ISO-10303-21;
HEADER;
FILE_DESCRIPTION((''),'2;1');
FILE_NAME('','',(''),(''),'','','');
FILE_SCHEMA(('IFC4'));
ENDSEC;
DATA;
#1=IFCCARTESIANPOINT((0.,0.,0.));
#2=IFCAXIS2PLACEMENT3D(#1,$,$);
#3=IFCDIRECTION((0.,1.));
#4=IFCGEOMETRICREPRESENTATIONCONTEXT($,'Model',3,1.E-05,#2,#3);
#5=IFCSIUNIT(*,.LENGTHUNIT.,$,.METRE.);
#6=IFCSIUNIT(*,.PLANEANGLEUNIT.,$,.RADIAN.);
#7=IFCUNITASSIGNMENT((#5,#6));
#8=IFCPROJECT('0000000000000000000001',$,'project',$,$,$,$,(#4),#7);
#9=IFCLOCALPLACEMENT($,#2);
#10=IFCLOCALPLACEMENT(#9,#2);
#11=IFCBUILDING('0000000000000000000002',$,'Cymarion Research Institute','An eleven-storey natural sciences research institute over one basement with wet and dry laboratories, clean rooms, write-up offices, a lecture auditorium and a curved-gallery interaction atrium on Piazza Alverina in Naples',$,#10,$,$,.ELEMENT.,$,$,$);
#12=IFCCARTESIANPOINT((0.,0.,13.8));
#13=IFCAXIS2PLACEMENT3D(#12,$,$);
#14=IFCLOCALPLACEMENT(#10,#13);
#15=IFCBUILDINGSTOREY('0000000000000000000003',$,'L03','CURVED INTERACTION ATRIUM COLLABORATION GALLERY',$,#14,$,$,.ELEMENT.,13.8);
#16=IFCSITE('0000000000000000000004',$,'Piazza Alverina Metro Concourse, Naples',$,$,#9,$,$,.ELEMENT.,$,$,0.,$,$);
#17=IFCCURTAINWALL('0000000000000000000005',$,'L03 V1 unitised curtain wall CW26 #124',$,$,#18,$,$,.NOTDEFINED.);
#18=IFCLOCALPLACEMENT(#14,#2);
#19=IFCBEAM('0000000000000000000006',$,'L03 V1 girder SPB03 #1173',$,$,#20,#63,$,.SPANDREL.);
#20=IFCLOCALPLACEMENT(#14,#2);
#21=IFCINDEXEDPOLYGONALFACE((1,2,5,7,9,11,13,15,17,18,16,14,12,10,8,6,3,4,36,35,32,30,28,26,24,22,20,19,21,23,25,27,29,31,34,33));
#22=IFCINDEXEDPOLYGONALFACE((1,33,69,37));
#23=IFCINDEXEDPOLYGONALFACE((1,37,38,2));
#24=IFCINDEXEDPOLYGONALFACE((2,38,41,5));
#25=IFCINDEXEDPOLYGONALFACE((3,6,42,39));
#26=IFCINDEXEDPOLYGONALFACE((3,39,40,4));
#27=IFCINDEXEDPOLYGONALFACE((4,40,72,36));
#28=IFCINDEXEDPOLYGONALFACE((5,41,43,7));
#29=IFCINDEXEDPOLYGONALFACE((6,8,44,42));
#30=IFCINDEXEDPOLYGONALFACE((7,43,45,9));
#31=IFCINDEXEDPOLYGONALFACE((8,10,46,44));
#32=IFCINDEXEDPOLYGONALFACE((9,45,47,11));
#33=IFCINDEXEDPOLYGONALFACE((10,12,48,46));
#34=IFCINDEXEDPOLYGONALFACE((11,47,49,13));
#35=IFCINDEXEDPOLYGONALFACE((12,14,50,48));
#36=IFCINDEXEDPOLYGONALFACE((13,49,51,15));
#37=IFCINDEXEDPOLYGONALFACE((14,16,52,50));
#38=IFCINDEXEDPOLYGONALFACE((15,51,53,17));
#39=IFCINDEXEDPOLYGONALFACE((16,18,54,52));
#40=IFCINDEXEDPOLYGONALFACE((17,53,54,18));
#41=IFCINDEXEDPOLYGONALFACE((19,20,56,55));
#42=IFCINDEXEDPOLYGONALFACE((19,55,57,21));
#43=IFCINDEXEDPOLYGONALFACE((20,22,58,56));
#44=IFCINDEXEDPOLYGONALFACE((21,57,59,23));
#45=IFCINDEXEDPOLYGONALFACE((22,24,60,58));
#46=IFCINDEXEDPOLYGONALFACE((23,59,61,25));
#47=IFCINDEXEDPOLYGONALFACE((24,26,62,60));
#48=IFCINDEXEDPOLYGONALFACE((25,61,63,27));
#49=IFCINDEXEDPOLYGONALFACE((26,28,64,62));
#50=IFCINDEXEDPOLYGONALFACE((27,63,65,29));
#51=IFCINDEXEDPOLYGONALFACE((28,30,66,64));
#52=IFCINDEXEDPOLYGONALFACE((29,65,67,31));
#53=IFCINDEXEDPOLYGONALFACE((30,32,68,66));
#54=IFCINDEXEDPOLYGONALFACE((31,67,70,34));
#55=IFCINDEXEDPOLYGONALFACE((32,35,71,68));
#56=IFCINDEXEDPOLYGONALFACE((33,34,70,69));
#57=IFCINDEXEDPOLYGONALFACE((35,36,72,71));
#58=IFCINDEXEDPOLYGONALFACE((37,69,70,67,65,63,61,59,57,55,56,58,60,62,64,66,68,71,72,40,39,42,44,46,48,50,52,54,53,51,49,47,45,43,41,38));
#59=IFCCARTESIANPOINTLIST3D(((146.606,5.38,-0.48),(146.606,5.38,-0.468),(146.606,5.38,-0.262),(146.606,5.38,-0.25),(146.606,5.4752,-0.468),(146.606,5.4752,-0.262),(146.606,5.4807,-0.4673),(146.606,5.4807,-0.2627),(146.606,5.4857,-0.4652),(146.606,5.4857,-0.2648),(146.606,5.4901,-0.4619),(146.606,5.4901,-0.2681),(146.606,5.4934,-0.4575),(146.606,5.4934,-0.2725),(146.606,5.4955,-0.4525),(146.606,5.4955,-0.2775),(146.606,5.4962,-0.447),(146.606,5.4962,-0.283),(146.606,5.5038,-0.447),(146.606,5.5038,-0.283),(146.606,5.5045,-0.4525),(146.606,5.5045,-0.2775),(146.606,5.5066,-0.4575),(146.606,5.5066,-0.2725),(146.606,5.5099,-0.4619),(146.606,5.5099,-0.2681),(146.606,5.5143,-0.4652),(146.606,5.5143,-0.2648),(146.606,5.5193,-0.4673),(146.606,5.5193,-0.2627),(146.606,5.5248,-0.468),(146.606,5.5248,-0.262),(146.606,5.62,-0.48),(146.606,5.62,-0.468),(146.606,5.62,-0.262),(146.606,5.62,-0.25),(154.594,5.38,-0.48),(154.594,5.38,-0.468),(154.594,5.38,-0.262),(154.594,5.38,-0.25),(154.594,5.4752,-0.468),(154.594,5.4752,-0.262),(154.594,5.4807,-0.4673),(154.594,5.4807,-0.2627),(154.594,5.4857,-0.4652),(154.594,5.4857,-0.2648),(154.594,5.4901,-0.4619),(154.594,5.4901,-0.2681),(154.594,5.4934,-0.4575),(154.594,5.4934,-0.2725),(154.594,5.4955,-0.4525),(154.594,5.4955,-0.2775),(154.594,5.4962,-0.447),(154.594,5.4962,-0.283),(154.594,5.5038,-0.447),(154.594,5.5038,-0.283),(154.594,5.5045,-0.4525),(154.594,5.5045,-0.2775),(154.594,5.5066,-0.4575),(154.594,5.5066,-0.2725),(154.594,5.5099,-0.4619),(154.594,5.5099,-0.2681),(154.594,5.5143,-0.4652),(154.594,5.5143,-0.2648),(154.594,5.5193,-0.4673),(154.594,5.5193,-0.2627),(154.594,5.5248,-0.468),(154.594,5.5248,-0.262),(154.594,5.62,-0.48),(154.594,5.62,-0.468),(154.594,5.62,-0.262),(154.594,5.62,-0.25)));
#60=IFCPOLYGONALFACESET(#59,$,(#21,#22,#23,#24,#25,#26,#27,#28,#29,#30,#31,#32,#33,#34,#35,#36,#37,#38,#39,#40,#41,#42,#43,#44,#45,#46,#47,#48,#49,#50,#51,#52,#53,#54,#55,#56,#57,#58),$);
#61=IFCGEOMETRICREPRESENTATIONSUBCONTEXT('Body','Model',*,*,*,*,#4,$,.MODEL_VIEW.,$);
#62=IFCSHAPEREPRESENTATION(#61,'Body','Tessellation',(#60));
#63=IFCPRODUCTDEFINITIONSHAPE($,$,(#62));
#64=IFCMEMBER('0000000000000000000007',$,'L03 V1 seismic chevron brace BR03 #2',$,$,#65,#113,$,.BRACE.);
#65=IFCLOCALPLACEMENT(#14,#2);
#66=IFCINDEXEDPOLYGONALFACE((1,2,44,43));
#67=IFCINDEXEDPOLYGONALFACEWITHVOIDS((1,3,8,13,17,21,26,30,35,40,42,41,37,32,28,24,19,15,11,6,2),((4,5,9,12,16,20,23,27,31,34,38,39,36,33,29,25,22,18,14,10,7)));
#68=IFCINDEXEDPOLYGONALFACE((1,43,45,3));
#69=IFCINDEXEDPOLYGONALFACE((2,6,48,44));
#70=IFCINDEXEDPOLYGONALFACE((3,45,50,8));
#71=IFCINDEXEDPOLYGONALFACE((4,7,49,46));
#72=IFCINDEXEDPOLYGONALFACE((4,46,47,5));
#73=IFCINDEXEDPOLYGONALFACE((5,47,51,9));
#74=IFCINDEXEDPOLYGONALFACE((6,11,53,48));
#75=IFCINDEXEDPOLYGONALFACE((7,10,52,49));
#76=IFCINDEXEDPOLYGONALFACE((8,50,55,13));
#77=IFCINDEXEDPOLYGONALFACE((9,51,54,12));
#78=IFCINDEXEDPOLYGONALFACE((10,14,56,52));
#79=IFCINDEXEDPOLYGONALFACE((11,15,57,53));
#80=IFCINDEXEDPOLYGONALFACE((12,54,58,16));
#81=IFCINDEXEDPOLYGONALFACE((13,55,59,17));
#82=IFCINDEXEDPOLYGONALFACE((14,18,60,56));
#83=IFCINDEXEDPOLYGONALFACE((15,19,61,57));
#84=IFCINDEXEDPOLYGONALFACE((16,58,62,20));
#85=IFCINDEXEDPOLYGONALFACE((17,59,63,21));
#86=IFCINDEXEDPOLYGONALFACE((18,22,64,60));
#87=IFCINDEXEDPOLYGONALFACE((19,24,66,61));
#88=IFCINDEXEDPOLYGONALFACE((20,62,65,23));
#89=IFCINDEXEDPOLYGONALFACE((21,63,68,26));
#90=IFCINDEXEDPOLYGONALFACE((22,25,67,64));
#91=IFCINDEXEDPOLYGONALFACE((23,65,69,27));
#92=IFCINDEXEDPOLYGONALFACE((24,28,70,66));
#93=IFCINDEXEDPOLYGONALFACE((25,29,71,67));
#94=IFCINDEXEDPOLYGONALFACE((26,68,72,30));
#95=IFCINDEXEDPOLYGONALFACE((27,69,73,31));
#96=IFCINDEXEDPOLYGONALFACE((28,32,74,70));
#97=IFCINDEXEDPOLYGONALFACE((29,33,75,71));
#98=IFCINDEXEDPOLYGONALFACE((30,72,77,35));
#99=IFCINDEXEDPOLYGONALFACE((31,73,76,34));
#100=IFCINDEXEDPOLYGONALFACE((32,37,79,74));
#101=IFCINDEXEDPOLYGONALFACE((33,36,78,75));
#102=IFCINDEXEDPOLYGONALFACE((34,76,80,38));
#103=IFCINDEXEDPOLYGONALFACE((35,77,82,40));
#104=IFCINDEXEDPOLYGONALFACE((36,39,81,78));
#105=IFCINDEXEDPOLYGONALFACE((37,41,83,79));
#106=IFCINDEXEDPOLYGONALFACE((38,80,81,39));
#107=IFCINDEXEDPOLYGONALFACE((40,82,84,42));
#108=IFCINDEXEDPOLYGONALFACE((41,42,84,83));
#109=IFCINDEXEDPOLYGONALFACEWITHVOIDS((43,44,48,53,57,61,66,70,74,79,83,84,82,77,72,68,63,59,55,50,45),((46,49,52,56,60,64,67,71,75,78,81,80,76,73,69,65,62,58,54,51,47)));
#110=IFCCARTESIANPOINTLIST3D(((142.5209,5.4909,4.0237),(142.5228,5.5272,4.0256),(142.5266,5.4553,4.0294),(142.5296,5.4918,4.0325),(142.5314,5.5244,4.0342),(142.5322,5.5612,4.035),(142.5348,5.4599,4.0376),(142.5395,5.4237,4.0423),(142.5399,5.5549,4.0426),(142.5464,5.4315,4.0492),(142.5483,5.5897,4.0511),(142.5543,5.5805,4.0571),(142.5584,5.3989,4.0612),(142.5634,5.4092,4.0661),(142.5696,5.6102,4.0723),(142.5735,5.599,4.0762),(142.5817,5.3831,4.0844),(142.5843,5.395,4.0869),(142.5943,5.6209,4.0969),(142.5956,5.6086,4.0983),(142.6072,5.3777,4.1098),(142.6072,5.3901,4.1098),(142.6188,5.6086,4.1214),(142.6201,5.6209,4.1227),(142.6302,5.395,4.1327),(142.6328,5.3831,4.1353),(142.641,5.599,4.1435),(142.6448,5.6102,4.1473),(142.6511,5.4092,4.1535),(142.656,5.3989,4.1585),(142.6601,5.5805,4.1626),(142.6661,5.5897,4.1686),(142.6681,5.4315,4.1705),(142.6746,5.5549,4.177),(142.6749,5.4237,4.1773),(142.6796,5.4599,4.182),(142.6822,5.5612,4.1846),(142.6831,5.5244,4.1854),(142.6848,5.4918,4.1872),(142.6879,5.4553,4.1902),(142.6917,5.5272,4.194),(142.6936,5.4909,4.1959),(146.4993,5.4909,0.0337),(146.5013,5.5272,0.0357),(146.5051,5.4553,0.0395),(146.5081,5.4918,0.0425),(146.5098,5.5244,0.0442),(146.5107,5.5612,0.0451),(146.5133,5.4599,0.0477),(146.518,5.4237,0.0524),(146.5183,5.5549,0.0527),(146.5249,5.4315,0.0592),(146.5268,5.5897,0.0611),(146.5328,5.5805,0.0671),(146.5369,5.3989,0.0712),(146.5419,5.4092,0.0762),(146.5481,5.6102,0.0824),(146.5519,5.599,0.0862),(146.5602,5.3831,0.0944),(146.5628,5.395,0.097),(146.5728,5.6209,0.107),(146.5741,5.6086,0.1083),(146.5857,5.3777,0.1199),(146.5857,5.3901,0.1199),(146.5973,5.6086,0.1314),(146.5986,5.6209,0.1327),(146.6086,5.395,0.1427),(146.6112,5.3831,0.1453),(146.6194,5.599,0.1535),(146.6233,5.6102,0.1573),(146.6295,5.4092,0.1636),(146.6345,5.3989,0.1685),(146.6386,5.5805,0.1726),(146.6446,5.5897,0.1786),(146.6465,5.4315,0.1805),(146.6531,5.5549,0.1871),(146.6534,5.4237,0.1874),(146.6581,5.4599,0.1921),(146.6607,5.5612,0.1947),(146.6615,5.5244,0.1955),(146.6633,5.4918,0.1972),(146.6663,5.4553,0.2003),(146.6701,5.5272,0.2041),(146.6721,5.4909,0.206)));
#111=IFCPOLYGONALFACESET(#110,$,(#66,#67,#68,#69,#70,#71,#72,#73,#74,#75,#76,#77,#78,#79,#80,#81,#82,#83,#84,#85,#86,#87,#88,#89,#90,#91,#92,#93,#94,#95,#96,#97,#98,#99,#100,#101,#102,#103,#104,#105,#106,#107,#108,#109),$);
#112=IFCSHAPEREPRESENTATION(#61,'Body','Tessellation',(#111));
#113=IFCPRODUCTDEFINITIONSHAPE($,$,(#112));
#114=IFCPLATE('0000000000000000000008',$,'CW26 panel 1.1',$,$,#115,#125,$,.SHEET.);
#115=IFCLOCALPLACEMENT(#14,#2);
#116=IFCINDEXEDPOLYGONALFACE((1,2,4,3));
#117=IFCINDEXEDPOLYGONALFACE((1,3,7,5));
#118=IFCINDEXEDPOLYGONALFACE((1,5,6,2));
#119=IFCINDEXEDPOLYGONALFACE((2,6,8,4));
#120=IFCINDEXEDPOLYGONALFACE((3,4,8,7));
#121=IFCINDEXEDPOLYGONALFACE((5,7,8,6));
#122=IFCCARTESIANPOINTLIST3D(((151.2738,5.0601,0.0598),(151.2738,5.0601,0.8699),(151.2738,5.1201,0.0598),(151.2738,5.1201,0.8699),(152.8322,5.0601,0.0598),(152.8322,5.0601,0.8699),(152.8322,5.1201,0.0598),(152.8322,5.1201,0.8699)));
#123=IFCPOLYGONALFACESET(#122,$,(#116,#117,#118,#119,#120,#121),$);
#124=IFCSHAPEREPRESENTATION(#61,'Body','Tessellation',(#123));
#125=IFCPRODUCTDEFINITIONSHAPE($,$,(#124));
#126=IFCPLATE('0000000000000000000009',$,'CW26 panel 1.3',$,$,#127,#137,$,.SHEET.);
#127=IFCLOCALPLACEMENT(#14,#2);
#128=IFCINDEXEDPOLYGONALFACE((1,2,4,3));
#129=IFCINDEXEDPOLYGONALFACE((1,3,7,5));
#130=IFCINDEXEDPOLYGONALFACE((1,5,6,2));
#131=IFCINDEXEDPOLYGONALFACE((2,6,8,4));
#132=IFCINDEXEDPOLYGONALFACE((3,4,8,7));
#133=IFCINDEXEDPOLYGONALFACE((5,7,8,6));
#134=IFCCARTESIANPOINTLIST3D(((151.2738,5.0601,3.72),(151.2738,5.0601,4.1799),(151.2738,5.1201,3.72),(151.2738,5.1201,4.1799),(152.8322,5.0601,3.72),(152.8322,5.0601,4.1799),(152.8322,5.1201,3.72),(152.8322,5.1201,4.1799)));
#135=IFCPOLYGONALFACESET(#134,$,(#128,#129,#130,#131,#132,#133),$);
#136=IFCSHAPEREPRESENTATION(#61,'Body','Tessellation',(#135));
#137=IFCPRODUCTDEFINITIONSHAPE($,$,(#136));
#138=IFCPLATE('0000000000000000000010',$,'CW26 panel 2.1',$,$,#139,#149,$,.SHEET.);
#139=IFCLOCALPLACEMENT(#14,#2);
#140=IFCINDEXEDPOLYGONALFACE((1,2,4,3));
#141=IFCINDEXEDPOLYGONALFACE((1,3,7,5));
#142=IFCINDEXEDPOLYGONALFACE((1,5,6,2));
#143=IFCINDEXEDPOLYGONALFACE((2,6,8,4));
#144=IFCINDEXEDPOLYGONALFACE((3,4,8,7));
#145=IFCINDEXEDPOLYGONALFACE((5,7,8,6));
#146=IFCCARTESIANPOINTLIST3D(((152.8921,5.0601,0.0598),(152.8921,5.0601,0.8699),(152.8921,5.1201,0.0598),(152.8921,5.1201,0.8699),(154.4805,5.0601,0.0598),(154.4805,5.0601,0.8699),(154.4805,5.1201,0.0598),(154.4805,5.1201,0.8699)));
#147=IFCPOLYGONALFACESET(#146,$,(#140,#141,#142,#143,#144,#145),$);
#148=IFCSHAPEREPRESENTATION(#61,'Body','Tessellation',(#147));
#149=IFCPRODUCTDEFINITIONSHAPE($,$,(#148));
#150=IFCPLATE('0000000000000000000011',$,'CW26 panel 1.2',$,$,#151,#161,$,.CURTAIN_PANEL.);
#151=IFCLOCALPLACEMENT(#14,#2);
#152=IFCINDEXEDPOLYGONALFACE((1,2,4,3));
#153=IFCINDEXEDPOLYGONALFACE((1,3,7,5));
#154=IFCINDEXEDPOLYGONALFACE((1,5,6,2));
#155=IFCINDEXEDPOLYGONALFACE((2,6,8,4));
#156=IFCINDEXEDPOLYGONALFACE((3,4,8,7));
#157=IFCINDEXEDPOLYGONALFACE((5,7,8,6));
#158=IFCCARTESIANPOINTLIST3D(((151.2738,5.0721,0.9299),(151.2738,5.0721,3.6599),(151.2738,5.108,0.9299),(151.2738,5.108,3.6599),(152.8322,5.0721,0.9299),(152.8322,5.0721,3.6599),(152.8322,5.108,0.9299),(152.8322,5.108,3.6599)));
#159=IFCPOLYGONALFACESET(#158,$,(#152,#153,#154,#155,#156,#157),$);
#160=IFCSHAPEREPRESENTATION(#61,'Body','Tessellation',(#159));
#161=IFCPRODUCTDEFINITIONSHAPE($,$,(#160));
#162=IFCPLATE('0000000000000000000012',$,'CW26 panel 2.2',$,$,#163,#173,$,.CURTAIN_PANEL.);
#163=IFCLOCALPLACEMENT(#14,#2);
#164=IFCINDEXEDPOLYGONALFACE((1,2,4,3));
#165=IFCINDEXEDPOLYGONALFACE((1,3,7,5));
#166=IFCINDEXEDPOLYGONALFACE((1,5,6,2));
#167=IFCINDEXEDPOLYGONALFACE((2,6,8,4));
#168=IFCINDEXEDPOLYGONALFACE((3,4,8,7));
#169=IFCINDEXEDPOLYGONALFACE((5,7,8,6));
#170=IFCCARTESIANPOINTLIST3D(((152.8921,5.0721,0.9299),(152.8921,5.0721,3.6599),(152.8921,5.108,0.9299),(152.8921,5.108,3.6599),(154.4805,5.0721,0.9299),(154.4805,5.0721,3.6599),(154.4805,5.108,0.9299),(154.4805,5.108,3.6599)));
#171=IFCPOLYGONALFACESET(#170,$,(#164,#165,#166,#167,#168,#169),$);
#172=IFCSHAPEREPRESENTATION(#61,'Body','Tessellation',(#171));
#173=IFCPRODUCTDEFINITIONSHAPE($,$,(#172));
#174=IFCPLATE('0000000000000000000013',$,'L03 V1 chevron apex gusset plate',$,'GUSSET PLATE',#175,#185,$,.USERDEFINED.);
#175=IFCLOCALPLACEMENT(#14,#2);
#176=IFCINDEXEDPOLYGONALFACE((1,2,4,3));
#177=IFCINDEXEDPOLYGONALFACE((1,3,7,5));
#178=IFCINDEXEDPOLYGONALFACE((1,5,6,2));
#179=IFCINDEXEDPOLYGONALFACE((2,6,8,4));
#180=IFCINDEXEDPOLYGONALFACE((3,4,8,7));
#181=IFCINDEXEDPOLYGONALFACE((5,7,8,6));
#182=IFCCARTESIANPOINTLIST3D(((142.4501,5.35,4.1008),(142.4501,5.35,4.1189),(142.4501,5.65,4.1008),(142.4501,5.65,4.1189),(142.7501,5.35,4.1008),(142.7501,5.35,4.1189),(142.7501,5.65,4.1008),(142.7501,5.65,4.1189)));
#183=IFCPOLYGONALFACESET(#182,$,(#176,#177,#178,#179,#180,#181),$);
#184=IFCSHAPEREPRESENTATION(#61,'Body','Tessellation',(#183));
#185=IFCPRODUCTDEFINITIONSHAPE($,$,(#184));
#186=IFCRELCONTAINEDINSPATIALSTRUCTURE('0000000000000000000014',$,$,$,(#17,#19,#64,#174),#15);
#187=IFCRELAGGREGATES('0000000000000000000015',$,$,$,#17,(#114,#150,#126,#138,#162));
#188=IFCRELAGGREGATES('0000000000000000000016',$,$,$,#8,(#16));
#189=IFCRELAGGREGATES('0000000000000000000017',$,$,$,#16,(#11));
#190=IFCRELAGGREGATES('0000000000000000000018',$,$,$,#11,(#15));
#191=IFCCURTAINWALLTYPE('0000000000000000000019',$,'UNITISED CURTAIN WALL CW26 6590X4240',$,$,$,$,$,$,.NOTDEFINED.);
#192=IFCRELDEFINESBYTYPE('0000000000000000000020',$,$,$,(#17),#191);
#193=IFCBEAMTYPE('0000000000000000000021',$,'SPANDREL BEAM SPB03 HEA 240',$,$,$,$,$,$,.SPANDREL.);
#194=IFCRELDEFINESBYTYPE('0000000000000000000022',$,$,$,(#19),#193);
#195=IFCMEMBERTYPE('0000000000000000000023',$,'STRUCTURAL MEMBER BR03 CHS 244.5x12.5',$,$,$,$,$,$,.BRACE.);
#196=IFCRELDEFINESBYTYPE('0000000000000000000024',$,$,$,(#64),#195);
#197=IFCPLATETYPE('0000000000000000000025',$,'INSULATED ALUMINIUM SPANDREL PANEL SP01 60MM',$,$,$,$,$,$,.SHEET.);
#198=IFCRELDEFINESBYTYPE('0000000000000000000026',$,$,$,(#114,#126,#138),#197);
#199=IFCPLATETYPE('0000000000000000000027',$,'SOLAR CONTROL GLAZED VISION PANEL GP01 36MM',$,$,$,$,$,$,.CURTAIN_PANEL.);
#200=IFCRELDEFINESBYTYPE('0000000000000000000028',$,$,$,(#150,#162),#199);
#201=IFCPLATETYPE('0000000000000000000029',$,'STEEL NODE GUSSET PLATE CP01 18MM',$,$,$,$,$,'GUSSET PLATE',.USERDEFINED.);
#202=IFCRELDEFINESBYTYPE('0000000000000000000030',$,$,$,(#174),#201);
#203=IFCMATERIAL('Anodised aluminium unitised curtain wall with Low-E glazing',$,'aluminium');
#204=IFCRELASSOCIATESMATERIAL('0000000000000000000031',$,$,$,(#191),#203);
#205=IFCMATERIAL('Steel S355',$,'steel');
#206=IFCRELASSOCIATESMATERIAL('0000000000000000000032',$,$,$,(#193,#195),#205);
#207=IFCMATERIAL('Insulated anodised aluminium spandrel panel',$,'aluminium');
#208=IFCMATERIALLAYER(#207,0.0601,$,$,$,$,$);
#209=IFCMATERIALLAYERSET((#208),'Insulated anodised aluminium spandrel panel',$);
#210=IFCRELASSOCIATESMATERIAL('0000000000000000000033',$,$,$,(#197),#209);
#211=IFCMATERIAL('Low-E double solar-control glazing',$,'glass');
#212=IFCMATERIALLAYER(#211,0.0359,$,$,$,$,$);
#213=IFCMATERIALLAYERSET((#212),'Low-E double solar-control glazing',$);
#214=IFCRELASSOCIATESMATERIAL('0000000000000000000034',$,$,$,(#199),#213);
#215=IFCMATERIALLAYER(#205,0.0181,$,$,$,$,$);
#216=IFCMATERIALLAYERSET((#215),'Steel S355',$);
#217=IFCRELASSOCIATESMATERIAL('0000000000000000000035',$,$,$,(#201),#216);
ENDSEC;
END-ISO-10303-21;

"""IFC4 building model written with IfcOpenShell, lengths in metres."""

from ifc_helpers import new_model, si_unit, direction, frame, origin, origin_2d, place, context, subcontext, project, spatial, rectangle, hollow_circle, i_section, extrude, material, layer, layer_set, material_profile, profile_set, type_object, element, aggregate, save


model = new_model("IFC4")

# Units and contexts
model_context = context("Model", 3, precision=1e-05, world=origin(), true_north=direction((0.0, 1.0)))
body_context = subcontext(model_context, "Body", "Model", "MODEL_VIEW")
ifc_project = project(units=[si_unit("LENGTHUNIT", "METRE"), si_unit("PLANEANGLEUNIT", "RADIAN")], contexts=[model_context])

# Site, building, storey
site_placement = place(None, origin())
site = spatial("IfcSite", under=ifc_project, at=site_placement, Name="Piazza Alverina Metro Concourse, Naples", CompositionType="ELEMENT", RefElevation=0.0)
building_placement = place(site_placement, origin())
building = spatial("IfcBuilding", under=site, at=building_placement, Name="Cymarion Research Institute", Description="An eleven-storey natural sciences research institute over one basement with wet and dry laboratories, clean rooms, write-up offices, a lecture auditorium and a curved-gallery interaction atrium on Piazza Alverina in Naples", CompositionType="ELEMENT")
storey_placement = place(building_placement, frame((0.0, 0.0, 13.8)))
storey = spatial("IfcBuildingStorey", under=building, at=storey_placement, Name="L03", Description="CURVED INTERACTION ATRIUM COLLABORATION GALLERY", CompositionType="ELEMENT", Elevation=13.8)

# Shared definitions
ifc_material_1 = material(Name="Steel S355", Category="steel")

# Curtain wall
ifc_material_2 = material(Name="Anodised aluminium unitised curtain wall with Low-E glazing", Category="aluminium")
curtain_wall_type = type_object("IfcCurtainWallType", Name="UNITISED CURTAIN WALL CW26 6590X4240", PredefinedType="NOTDEFINED", material=ifc_material_2)
curtain_wall_placement = place(storey_placement, origin())
curtain_wall = element("IfcCurtainWall", 1, at=curtain_wall_placement, inside=storey, type_object=curtain_wall_type, Name="L03 V1 unitised curtain wall CW26 #124", PredefinedType="NOTDEFINED")

# Beam
ifc_material_profile_1 = material_profile(ifc_material_1, i_section(OverallWidth=0.24, OverallDepth=0.23, WebThickness=0.0076, FlangeThickness=0.012, FilletRadius=0.021, at=origin_2d()), Name="HEA 240")
ifc_profile_set_1 = profile_set([ifc_material_profile_1], Name="Steel S355")
beam_type = type_object("IfcBeamType", Name="SPANDREL BEAM SPB03 HEA 240", PredefinedType="SPANDREL", material=ifc_profile_set_1)
beam_placement = place(storey_placement, frame((146.606, 5.5, -0.365), z_axis=(1.0, 0.0, 0.0), x_axis=(0.0, 1.0, 0.0)))
element("IfcBeam", 2, at=beam_placement, inside=storey, type_object=beam_type, Name="L03 V1 girder SPB03 #1173", PredefinedType="SPANDREL", context=body_context, shape_type="SweptSolid", body=[
    extrude(i_section(OverallWidth=0.24, OverallDepth=0.23, WebThickness=0.0076, FlangeThickness=0.012, FilletRadius=0.021, at=origin_2d()), origin(), (0.0, 0.0, 1.0), 7.988),
])

# Member
ifc_material_profile_2 = material_profile(ifc_material_1, hollow_circle(Radius=0.1223, WallThickness=0.0125, at=origin_2d()), Name="CHS 244.5x12.5")
ifc_profile_set_2 = profile_set([ifc_material_profile_2], Name="Steel S355")
member_type_1 = type_object("IfcMemberType", Name="STRUCTURAL MEMBER BR03 CHS 244.5x12.5", PredefinedType="BRACE", material=ifc_profile_set_2)
member_1_placement = place(storey_placement, frame((146.5857, 5.5, 0.1199), z_axis=(-0.706088, 0.0, 0.708124), x_axis=(0.0, -1.0, 0.0)))
element("IfcMember", 3, at=member_1_placement, inside=storey, type_object=member_type_1, Name="L03 V1 seismic chevron brace BR03 #2", PredefinedType="BRACE", context=body_context, shape_type="SweptSolid", body=[
    extrude(hollow_circle(Radius=0.1223, WallThickness=0.0125, at=origin_2d()), origin(), (0.0, 0.0, 1.0), 5.6345),
])

# Plates
ifc_material_3 = material(Name="Insulated anodised aluminium spandrel panel", Category="aluminium")
ifc_layer_1 = layer(ifc_material_3, 0.0601)
ifc_layer_set_1 = layer_set([ifc_layer_1], Name="Insulated anodised aluminium spandrel panel")
plate_type_1 = type_object("IfcPlateType", Name="INSULATED ALUMINIUM SPANDREL PANEL SP01 60MM", PredefinedType="SHEET", material=ifc_layer_set_1)
plate_1_placement = place(storey_placement, frame((152.053, 5.0901, 0.0598), z_axis=(0.0, 0.0, 1.0), x_axis=(1.0, 0.0, 0.0)))
plate_1 = element("IfcPlate", 4, at=plate_1_placement, type_object=plate_type_1, Name="CW26 panel 1.1", PredefinedType="SHEET", context=body_context, shape_type="SweptSolid", body=[
    extrude(rectangle(XDim=1.5583, YDim=0.0601, at=origin_2d()), origin(), (0.0, 0.0, 1.0), 0.8101),
])
plate_2_placement = place(storey_placement, frame((152.053, 5.0901, 3.72), z_axis=(0.0, 0.0, 1.0), x_axis=(1.0, 0.0, 0.0)))
plate_2 = element("IfcPlate", 5, at=plate_2_placement, type_object=plate_type_1, Name="CW26 panel 1.3", PredefinedType="SHEET", context=body_context, shape_type="SweptSolid", body=[
    extrude(rectangle(XDim=1.5583, YDim=0.0601, at=origin_2d()), origin(), (0.0, 0.0, 1.0), 0.46),
])
plate_3_placement = place(storey_placement, frame((153.6863, 5.0901, 0.0598), z_axis=(0.0, 0.0, 1.0), x_axis=(1.0, 0.0, 0.0)))
plate_3 = element("IfcPlate", 6, at=plate_3_placement, type_object=plate_type_1, Name="CW26 panel 2.1", PredefinedType="SHEET", context=body_context, shape_type="SweptSolid", body=[
    extrude(rectangle(XDim=1.5884, YDim=0.0601, at=origin_2d()), origin(), (0.0, 0.0, 1.0), 0.8101),
])
ifc_material_4 = material(Name="Low-E double solar-control glazing", Category="glass")
ifc_layer_2 = layer(ifc_material_4, 0.0359)
ifc_layer_set_2 = layer_set([ifc_layer_2], Name="Low-E double solar-control glazing")
plate_type_2 = type_object("IfcPlateType", Name="SOLAR CONTROL GLAZED VISION PANEL GP01 36MM", PredefinedType="CURTAIN_PANEL", material=ifc_layer_set_2)
plate_4_placement = place(storey_placement, frame((152.053, 5.0901, 0.9299), z_axis=(0.0, 0.0, 1.0), x_axis=(1.0, 0.0, 0.0)))
plate_4 = element("IfcPlate", 7, at=plate_4_placement, type_object=plate_type_2, Name="CW26 panel 1.2", PredefinedType="CURTAIN_PANEL", context=body_context, shape_type="SweptSolid", body=[
    extrude(rectangle(XDim=1.5583, YDim=0.0359, at=origin_2d()), origin(), (0.0, 0.0, 1.0), 2.73),
])
plate_5_placement = place(storey_placement, frame((153.6863, 5.0901, 0.9299), z_axis=(0.0, 0.0, 1.0), x_axis=(1.0, 0.0, 0.0)))
plate_5 = element("IfcPlate", 8, at=plate_5_placement, type_object=plate_type_2, Name="CW26 panel 2.2", PredefinedType="CURTAIN_PANEL", context=body_context, shape_type="SweptSolid", body=[
    extrude(rectangle(XDim=1.5884, YDim=0.0359, at=origin_2d()), origin(), (0.0, 0.0, 1.0), 2.73),
])
aggregate(curtain_wall, [plate_1, plate_4, plate_2, plate_3, plate_5])

# Plate
ifc_layer_3 = layer(ifc_material_1, 0.0181)
ifc_layer_set_3 = layer_set([ifc_layer_3], Name="Steel S355")
plate_type_3 = type_object("IfcPlateType", Name="STEEL NODE GUSSET PLATE CP01 18MM", ElementType="GUSSET PLATE", PredefinedType="USERDEFINED", material=ifc_layer_set_3)
plate_6_placement = place(storey_placement, frame((142.6001, 5.5, 4.1008), z_axis=(0.0, 0.0, 1.0), x_axis=(1.0, 0.0, 0.0)))
element("IfcPlate", 9, at=plate_6_placement, inside=storey, type_object=plate_type_3, Name="L03 V1 chevron apex gusset plate", ObjectType="GUSSET PLATE", PredefinedType="USERDEFINED", context=body_context, shape_type="SweptSolid", body=[
    extrude(rectangle(XDim=0.3, YDim=0.3, at=origin_2d()), origin(), (0.0, 0.0, 1.0), 0.0181),
])

save(model, "model.ifc")
